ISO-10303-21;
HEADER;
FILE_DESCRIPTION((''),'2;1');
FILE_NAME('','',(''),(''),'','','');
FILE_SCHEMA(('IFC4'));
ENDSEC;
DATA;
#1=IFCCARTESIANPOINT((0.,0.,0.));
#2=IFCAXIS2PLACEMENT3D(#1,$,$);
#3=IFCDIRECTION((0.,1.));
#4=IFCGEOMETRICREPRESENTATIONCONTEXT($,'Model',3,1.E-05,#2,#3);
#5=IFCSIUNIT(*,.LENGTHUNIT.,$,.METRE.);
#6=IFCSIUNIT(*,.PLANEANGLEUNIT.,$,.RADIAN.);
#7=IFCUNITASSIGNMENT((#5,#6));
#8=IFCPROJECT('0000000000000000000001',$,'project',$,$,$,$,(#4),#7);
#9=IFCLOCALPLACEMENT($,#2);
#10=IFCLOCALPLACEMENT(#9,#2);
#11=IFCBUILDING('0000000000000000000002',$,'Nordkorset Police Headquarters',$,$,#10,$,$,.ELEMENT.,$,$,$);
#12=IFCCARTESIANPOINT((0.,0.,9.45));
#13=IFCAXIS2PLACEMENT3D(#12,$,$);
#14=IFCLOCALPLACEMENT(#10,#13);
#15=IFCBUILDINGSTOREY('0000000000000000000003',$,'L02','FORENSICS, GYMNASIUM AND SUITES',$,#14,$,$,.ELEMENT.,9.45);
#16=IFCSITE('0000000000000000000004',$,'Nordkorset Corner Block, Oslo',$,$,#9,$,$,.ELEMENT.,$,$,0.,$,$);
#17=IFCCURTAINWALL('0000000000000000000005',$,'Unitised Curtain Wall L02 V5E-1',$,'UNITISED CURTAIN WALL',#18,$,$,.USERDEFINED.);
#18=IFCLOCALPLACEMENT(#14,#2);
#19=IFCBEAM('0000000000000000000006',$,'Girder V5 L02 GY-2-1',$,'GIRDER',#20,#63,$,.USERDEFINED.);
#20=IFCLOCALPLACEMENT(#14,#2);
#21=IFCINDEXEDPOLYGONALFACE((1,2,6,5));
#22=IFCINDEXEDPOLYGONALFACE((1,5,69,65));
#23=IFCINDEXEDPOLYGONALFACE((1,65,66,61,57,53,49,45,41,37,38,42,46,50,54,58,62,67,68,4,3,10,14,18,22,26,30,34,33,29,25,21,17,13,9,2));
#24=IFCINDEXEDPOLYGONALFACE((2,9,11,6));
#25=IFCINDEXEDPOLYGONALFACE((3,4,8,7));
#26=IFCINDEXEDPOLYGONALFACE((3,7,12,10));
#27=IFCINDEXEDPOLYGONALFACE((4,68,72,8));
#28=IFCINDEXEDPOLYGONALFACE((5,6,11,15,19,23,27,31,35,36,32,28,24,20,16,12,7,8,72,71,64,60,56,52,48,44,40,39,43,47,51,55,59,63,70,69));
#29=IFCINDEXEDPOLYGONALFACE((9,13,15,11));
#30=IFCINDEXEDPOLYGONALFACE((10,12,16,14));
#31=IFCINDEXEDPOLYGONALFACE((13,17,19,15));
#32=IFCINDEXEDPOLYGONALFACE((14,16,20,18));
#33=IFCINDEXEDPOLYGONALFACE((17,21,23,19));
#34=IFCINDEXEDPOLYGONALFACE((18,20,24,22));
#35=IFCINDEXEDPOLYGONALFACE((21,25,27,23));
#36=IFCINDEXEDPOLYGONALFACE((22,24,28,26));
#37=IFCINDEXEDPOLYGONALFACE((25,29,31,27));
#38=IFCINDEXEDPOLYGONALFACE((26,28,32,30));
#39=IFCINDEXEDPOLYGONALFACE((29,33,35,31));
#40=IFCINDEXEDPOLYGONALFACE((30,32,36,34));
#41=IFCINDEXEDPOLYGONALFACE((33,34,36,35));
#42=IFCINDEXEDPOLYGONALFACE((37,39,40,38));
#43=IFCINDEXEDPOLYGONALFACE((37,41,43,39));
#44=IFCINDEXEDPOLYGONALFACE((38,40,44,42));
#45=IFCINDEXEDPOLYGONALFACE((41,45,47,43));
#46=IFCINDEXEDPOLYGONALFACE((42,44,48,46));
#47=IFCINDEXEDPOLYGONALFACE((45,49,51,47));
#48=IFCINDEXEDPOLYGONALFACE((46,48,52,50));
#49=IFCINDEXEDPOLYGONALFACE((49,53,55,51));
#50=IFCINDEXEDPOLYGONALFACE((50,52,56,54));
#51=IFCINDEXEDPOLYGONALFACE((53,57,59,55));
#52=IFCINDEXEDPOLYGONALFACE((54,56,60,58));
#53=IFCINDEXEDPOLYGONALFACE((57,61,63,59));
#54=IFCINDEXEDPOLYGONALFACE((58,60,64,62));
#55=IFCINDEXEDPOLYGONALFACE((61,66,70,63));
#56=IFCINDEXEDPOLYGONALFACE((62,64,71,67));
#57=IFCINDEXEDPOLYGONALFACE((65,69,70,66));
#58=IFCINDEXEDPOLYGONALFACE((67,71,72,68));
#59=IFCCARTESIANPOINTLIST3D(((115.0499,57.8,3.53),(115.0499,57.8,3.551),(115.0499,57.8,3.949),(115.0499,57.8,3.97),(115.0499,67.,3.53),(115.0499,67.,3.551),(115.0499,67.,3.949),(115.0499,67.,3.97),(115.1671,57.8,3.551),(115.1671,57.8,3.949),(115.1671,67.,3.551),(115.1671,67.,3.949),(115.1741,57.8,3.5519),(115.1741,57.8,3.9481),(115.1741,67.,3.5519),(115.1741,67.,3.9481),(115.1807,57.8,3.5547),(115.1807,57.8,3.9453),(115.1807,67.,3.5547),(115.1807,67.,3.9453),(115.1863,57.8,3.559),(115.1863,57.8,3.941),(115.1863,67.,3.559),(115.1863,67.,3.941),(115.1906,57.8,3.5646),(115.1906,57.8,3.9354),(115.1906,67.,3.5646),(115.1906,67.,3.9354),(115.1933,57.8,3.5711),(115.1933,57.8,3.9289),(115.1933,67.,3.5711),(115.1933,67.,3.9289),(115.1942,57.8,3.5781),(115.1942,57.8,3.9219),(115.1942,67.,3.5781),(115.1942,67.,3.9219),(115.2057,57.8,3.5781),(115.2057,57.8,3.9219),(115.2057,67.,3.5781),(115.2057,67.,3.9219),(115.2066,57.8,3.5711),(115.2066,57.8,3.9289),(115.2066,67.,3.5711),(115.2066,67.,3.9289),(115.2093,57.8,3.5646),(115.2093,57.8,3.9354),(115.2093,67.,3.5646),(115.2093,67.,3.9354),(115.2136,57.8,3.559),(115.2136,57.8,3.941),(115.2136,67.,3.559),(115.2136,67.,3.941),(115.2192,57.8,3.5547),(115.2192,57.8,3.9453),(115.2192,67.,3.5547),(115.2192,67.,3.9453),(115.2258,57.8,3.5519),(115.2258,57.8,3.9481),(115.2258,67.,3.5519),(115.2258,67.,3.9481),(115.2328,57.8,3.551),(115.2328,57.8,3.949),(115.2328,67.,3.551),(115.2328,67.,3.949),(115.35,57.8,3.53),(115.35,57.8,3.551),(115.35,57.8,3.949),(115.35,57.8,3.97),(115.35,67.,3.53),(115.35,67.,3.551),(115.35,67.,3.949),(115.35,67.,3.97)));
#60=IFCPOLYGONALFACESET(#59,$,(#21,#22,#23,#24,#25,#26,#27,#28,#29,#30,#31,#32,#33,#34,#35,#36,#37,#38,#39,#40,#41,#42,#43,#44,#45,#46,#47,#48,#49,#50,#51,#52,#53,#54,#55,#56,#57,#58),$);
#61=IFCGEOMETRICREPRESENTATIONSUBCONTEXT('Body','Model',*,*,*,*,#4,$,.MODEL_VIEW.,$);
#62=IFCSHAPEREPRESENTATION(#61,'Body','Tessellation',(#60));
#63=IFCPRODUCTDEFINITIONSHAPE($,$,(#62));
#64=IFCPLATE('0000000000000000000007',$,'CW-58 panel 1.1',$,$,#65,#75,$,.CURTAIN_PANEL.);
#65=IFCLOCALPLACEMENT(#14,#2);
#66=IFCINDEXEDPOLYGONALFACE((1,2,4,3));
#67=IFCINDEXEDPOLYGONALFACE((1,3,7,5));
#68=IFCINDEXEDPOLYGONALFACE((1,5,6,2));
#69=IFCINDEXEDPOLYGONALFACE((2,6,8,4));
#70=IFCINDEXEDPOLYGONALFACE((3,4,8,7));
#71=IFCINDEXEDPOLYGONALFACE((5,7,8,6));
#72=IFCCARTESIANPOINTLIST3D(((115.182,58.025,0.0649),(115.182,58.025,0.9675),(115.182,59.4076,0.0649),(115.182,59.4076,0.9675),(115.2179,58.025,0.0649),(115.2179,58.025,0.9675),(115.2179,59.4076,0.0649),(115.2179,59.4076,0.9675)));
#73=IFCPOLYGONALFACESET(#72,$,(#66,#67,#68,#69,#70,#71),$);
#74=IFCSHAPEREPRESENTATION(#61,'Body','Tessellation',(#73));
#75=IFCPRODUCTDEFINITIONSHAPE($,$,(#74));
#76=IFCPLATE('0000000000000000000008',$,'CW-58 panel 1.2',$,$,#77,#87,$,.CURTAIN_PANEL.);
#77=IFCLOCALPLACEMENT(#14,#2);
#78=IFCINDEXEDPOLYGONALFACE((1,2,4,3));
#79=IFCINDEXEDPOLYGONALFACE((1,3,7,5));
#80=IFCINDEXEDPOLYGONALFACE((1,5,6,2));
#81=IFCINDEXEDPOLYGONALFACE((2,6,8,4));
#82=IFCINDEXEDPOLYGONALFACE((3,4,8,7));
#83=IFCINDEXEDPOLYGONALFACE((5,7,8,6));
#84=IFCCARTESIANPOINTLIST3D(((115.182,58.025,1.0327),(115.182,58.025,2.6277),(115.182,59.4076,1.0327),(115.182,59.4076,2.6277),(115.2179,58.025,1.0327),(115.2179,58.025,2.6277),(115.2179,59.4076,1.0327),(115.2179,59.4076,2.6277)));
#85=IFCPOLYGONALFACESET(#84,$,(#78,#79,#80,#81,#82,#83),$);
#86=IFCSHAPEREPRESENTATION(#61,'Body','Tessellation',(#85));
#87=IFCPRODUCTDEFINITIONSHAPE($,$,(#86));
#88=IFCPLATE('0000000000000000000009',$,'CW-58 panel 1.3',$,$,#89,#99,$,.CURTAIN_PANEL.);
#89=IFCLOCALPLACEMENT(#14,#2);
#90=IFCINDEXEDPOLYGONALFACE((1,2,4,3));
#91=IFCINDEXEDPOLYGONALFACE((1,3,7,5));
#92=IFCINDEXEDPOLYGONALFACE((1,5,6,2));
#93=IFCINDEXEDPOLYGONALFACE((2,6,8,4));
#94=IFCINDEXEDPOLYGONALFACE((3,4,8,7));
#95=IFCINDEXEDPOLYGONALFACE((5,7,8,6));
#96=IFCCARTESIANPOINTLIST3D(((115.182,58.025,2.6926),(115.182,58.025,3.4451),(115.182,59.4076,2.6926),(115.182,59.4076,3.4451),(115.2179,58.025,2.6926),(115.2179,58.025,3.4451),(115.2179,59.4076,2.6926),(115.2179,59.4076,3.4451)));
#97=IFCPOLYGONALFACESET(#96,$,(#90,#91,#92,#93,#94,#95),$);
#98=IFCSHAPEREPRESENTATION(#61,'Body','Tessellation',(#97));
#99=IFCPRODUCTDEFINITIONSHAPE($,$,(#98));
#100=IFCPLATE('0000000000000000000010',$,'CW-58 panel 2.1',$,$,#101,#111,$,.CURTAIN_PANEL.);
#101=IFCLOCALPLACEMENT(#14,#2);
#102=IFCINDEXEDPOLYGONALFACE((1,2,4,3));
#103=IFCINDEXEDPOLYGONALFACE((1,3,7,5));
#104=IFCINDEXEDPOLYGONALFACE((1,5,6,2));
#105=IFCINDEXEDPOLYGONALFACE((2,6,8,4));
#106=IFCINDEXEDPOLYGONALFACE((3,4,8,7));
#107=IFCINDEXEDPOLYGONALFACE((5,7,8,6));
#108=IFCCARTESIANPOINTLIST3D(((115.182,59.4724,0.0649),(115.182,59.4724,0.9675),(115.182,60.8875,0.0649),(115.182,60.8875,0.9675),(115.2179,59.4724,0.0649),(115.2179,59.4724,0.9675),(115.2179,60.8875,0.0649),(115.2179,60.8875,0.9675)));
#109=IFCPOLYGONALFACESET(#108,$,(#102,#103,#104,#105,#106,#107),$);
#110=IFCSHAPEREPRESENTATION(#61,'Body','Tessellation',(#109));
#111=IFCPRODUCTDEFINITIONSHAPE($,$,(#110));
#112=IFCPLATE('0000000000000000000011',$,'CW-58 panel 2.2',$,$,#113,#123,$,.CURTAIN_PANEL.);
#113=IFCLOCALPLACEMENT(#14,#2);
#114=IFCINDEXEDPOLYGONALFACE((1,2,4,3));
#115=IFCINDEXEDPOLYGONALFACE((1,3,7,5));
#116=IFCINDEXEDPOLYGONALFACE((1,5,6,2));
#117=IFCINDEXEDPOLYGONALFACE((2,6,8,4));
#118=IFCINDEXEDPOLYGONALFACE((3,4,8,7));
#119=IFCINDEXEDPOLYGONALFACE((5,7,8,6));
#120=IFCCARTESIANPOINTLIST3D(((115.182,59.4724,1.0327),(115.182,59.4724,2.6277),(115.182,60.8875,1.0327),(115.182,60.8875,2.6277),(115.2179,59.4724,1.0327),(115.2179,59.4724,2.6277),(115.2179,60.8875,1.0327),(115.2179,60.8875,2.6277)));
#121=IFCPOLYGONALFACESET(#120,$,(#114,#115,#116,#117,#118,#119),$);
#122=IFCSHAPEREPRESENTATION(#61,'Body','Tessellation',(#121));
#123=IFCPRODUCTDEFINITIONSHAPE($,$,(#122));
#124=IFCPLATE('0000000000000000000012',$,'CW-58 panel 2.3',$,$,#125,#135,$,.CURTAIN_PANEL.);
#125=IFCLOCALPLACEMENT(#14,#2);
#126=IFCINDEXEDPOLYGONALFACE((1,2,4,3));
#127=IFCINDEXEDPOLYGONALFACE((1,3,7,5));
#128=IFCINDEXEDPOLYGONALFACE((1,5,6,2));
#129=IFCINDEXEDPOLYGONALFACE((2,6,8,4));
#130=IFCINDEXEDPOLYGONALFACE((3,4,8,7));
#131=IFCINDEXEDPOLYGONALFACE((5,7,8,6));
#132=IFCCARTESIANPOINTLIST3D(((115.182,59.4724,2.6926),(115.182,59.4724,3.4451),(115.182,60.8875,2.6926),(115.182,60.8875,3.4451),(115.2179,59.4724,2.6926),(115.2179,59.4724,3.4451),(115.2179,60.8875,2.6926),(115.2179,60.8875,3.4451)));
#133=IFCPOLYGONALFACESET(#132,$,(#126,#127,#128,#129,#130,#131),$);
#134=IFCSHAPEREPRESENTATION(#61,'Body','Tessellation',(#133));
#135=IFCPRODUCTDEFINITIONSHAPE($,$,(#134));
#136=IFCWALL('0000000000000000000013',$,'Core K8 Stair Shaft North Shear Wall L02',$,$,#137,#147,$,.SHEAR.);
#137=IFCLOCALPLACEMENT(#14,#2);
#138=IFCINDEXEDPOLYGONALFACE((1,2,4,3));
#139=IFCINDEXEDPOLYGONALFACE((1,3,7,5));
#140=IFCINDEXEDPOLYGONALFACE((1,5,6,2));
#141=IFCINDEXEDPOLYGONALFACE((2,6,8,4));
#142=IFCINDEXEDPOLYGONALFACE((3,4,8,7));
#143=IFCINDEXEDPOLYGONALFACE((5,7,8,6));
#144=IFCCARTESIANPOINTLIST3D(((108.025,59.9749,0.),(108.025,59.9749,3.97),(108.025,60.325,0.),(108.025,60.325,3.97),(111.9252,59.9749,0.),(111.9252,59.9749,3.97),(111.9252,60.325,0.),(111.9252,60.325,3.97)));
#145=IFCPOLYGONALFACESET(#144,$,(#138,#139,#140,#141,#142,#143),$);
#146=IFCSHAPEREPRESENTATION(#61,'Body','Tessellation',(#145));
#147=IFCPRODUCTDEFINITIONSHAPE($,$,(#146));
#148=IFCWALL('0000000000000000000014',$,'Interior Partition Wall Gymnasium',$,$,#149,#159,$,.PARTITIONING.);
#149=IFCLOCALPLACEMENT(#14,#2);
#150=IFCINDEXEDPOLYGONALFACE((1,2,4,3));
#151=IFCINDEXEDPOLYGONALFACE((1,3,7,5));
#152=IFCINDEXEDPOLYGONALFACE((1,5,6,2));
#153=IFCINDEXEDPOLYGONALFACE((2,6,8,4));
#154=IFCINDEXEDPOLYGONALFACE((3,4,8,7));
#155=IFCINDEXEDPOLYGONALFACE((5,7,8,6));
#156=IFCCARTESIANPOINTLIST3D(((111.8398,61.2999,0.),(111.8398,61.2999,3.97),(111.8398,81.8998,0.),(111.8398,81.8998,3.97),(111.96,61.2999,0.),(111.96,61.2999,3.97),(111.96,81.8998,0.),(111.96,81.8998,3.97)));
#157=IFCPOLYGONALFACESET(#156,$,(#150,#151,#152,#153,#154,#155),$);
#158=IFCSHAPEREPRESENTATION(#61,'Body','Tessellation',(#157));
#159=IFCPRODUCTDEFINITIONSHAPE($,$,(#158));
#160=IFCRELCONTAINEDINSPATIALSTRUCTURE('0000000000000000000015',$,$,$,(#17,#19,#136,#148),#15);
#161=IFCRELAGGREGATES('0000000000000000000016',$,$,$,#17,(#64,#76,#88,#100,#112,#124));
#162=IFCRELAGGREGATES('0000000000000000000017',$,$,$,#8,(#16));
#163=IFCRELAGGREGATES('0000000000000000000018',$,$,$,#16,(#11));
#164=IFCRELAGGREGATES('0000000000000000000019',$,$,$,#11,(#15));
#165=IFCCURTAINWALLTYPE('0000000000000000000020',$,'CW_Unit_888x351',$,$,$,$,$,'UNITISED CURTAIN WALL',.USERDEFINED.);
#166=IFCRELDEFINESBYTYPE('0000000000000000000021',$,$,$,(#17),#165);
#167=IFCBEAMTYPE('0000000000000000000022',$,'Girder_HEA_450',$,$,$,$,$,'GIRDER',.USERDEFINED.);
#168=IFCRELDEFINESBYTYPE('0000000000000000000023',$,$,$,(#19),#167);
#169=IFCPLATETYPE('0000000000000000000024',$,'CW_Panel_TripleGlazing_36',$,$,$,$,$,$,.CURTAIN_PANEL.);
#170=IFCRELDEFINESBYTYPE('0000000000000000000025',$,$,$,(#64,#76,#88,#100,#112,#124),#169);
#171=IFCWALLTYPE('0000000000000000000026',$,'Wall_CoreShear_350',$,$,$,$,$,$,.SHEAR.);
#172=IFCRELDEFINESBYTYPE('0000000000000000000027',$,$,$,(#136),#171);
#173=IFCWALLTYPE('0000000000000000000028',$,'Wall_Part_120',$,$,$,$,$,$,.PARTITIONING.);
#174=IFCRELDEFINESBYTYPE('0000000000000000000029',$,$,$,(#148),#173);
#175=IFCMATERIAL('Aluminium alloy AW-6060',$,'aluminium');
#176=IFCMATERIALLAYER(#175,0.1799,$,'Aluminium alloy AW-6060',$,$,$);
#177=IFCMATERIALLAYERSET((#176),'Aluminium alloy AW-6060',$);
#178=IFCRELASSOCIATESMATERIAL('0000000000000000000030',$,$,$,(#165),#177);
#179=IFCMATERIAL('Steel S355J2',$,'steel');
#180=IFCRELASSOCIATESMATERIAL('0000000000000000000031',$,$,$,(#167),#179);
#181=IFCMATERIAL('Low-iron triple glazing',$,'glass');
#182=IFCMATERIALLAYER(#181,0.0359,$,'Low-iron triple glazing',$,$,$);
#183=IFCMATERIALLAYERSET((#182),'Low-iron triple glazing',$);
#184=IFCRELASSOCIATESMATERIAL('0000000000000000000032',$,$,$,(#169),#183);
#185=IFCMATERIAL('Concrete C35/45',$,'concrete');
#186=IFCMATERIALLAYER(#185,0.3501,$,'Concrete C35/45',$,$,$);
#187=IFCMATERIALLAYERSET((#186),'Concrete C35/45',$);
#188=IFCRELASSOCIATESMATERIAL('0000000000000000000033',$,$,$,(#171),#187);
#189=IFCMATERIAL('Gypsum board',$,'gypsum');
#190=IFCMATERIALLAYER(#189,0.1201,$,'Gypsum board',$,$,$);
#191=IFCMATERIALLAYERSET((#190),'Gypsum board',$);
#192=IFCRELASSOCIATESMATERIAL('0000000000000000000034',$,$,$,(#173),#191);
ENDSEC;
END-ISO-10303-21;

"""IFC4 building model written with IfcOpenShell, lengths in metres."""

from ifc_helpers import new_model, si_unit, direction, frame, frame_2d, origin, origin_2d, place, context, subcontext, project, spatial, rectangle, i_section, extrude, material, layer, layer_set, material_profile, profile_set, type_object, element, aggregate, save


model = new_model("IFC4")

# Units and contexts
model_context = context("Model", 3, precision=1e-05, world=origin(), true_north=direction((0.0, 1.0)))
body_context = subcontext(model_context, "Body", "Model", "MODEL_VIEW")
ifc_project = project(units=[si_unit("LENGTHUNIT", "METRE"), si_unit("PLANEANGLEUNIT", "RADIAN")], contexts=[model_context])

# Site, building, storey
site_placement = place(None, origin())
site = spatial("IfcSite", under=ifc_project, at=site_placement, Name="Nordkorset Corner Block, Oslo", CompositionType="ELEMENT", RefElevation=0.0)
building_placement = place(site_placement, origin())
building = spatial("IfcBuilding", under=site, at=building_placement, Name="Nordkorset Police Headquarters", CompositionType="ELEMENT")
storey_placement = place(building_placement, frame((0.0, 0.0, 9.45)))
storey = spatial("IfcBuildingStorey", under=building, at=storey_placement, Name="L02", Description="FORENSICS, GYMNASIUM AND SUITES", CompositionType="ELEMENT", Elevation=9.45)

# Curtain wall
ifc_material_1 = material(Name="Aluminium alloy AW-6060", Category="aluminium")
ifc_layer_1 = layer(ifc_material_1, 0.1799, Name="Aluminium alloy AW-6060")
ifc_layer_set_1 = layer_set([ifc_layer_1], Name="Aluminium alloy AW-6060")
curtain_wall_type = type_object("IfcCurtainWallType", Name="CW_Unit_888x351", ElementType="UNITISED CURTAIN WALL", PredefinedType="USERDEFINED", material=ifc_layer_set_1)
curtain_wall_placement = place(storey_placement, origin())
curtain_wall = element("IfcCurtainWall", 1, at=curtain_wall_placement, inside=storey, type_object=curtain_wall_type, Name="Unitised Curtain Wall L02 V5E-1", ObjectType="UNITISED CURTAIN WALL", PredefinedType="USERDEFINED")

# Beam
ifc_material_2 = material(Name="Steel S355J2", Category="steel")
ifc_material_profile_1 = material_profile(ifc_material_2, i_section(OverallWidth=0.3, OverallDepth=0.4399, WebThickness=0.0115, FlangeThickness=0.021, FilletRadius=0.0271, at=origin_2d()), Name="HEA 450")
ifc_profile_set_1 = profile_set([ifc_material_profile_1], Name="Steel S355J2")
beam_type = type_object("IfcBeamType", Name="Girder_HEA_450", ElementType="GIRDER", PredefinedType="USERDEFINED", material=ifc_profile_set_1)
beam_placement = place(storey_placement, frame((115.2, 57.8, 3.75), z_axis=(0.0, 1.0, 0.0), x_axis=(-1.0, 0.0, 0.0)))
element("IfcBeam", 2, at=beam_placement, inside=storey, type_object=beam_type, Name="Girder V5 L02 GY-2-1", ObjectType="GIRDER", PredefinedType="USERDEFINED", context=body_context, shape_type="SweptSolid", body=[
    extrude(i_section(OverallWidth=0.3, OverallDepth=0.4399, WebThickness=0.0115, FlangeThickness=0.021, FilletRadius=0.0271, at=origin_2d()), origin(), (0.0, 0.0, 1.0), 9.2),
])

# Plates
ifc_material_3 = material(Name="Low-iron triple glazing", Category="glass")
ifc_layer_2 = layer(ifc_material_3, 0.0359, Name="Low-iron triple glazing")
ifc_layer_set_2 = layer_set([ifc_layer_2], Name="Low-iron triple glazing")
plate_type = type_object("IfcPlateType", Name="CW_Panel_TripleGlazing_36", PredefinedType="CURTAIN_PANEL", material=ifc_layer_set_2)
plate_1_placement = place(storey_placement, frame((115.2, 58.7163, 0.0649), z_axis=(0.0, 0.0, 1.0), x_axis=(0.0, 1.0, 0.0)))
plate_1 = element("IfcPlate", 3, at=plate_1_placement, type_object=plate_type, Name="CW-58 panel 1.1", PredefinedType="CURTAIN_PANEL", context=body_context, shape_type="SweptSolid", body=[
    extrude(rectangle(XDim=1.3826, YDim=0.0359, at=origin_2d()), origin(), (0.0, 0.0, 1.0), 0.9026),
])
plate_2_placement = place(storey_placement, frame((115.2, 58.7163, 1.0327), z_axis=(0.0, 0.0, 1.0), x_axis=(0.0, 1.0, 0.0)))
plate_2 = element("IfcPlate", 4, at=plate_2_placement, type_object=plate_type, Name="CW-58 panel 1.2", PredefinedType="CURTAIN_PANEL", context=body_context, shape_type="SweptSolid", body=[
    extrude(rectangle(XDim=1.3826, YDim=0.0359, at=origin_2d()), origin(), (0.0, 0.0, 1.0), 1.595),
])
plate_3_placement = place(storey_placement, frame((115.2, 58.7163, 2.6926), z_axis=(0.0, 0.0, 1.0), x_axis=(0.0, 1.0, 0.0)))
plate_3 = element("IfcPlate", 5, at=plate_3_placement, type_object=plate_type, Name="CW-58 panel 1.3", PredefinedType="CURTAIN_PANEL", context=body_context, shape_type="SweptSolid", body=[
    extrude(rectangle(XDim=1.3826, YDim=0.0359, at=origin_2d()), origin(), (0.0, 0.0, 1.0), 0.7524),
])
plate_4_placement = place(storey_placement, frame((115.2, 60.1799, 0.0649), z_axis=(0.0, 0.0, 1.0), x_axis=(0.0, 1.0, 0.0)))
plate_4 = element("IfcPlate", 6, at=plate_4_placement, type_object=plate_type, Name="CW-58 panel 2.1", PredefinedType="CURTAIN_PANEL", context=body_context, shape_type="SweptSolid", body=[
    extrude(rectangle(XDim=1.415, YDim=0.0359, at=origin_2d()), origin(), (0.0, 0.0, 1.0), 0.9026),
])
plate_5_placement = place(storey_placement, frame((115.2, 60.1799, 1.0327), z_axis=(0.0, 0.0, 1.0), x_axis=(0.0, 1.0, 0.0)))
plate_5 = element("IfcPlate", 7, at=plate_5_placement, type_object=plate_type, Name="CW-58 panel 2.2", PredefinedType="CURTAIN_PANEL", context=body_context, shape_type="SweptSolid", body=[
    extrude(rectangle(XDim=1.415, YDim=0.0359, at=origin_2d()), origin(), (0.0, 0.0, 1.0), 1.595),
])
plate_6_placement = place(storey_placement, frame((115.2, 60.1799, 2.6926), z_axis=(0.0, 0.0, 1.0), x_axis=(0.0, 1.0, 0.0)))
plate_6 = element("IfcPlate", 8, at=plate_6_placement, type_object=plate_type, Name="CW-58 panel 2.3", PredefinedType="CURTAIN_PANEL", context=body_context, shape_type="SweptSolid", body=[
    extrude(rectangle(XDim=1.415, YDim=0.0359, at=origin_2d()), origin(), (0.0, 0.0, 1.0), 0.7524),
])
aggregate(curtain_wall, [plate_1, plate_2, plate_3, plate_4, plate_5, plate_6])

# Walls
ifc_material_4 = material(Name="Concrete C35/45", Category="concrete")
ifc_layer_3 = layer(ifc_material_4, 0.3501, Name="Concrete C35/45")
ifc_layer_set_3 = layer_set([ifc_layer_3], Name="Concrete C35/45")
wall_type_1 = type_object("IfcWallType", Name="Wall_CoreShear_350", PredefinedType="SHEAR", material=ifc_layer_set_3)
wall_1_placement = place(storey_placement, frame((108.0249, 60.1499, 0.0), z_axis=(0.0, 0.0, 1.0), x_axis=(1.0, 0.0, 0.0)))
element("IfcWall", 9, at=wall_1_placement, inside=storey, type_object=wall_type_1, Name="Core K8 Stair Shaft North Shear Wall L02", PredefinedType="SHEAR", context=body_context, shape_type="SweptSolid", body=[
    extrude(rectangle(XDim=3.9001, YDim=0.3501, at=frame_2d((1.9502, 0.0))), origin(), (0.0, 0.0, 1.0), 3.97),
])
ifc_material_5 = material(Name="Gypsum board", Category="gypsum")
ifc_layer_4 = layer(ifc_material_5, 0.1201, Name="Gypsum board")
ifc_layer_set_4 = layer_set([ifc_layer_4], Name="Gypsum board")
wall_type_2 = type_object("IfcWallType", Name="Wall_Part_120", PredefinedType="PARTITIONING", material=ifc_layer_set_4)
wall_2_placement = place(storey_placement, frame((111.8999, 61.3, 0.0), z_axis=(0.0, 0.0, 1.0), x_axis=(0.0, 1.0, 0.0)))
element("IfcWall", 10, at=wall_2_placement, inside=storey, type_object=wall_type_2, Name="Interior Partition Wall Gymnasium", PredefinedType="PARTITIONING", context=body_context, shape_type="SweptSolid", body=[
    extrude(rectangle(XDim=20.5999, YDim=0.1201, at=frame_2d((10.2998, 0.0))), origin(), (0.0, 0.0, 1.0), 3.97),
])

save(model, "model.ifc")
